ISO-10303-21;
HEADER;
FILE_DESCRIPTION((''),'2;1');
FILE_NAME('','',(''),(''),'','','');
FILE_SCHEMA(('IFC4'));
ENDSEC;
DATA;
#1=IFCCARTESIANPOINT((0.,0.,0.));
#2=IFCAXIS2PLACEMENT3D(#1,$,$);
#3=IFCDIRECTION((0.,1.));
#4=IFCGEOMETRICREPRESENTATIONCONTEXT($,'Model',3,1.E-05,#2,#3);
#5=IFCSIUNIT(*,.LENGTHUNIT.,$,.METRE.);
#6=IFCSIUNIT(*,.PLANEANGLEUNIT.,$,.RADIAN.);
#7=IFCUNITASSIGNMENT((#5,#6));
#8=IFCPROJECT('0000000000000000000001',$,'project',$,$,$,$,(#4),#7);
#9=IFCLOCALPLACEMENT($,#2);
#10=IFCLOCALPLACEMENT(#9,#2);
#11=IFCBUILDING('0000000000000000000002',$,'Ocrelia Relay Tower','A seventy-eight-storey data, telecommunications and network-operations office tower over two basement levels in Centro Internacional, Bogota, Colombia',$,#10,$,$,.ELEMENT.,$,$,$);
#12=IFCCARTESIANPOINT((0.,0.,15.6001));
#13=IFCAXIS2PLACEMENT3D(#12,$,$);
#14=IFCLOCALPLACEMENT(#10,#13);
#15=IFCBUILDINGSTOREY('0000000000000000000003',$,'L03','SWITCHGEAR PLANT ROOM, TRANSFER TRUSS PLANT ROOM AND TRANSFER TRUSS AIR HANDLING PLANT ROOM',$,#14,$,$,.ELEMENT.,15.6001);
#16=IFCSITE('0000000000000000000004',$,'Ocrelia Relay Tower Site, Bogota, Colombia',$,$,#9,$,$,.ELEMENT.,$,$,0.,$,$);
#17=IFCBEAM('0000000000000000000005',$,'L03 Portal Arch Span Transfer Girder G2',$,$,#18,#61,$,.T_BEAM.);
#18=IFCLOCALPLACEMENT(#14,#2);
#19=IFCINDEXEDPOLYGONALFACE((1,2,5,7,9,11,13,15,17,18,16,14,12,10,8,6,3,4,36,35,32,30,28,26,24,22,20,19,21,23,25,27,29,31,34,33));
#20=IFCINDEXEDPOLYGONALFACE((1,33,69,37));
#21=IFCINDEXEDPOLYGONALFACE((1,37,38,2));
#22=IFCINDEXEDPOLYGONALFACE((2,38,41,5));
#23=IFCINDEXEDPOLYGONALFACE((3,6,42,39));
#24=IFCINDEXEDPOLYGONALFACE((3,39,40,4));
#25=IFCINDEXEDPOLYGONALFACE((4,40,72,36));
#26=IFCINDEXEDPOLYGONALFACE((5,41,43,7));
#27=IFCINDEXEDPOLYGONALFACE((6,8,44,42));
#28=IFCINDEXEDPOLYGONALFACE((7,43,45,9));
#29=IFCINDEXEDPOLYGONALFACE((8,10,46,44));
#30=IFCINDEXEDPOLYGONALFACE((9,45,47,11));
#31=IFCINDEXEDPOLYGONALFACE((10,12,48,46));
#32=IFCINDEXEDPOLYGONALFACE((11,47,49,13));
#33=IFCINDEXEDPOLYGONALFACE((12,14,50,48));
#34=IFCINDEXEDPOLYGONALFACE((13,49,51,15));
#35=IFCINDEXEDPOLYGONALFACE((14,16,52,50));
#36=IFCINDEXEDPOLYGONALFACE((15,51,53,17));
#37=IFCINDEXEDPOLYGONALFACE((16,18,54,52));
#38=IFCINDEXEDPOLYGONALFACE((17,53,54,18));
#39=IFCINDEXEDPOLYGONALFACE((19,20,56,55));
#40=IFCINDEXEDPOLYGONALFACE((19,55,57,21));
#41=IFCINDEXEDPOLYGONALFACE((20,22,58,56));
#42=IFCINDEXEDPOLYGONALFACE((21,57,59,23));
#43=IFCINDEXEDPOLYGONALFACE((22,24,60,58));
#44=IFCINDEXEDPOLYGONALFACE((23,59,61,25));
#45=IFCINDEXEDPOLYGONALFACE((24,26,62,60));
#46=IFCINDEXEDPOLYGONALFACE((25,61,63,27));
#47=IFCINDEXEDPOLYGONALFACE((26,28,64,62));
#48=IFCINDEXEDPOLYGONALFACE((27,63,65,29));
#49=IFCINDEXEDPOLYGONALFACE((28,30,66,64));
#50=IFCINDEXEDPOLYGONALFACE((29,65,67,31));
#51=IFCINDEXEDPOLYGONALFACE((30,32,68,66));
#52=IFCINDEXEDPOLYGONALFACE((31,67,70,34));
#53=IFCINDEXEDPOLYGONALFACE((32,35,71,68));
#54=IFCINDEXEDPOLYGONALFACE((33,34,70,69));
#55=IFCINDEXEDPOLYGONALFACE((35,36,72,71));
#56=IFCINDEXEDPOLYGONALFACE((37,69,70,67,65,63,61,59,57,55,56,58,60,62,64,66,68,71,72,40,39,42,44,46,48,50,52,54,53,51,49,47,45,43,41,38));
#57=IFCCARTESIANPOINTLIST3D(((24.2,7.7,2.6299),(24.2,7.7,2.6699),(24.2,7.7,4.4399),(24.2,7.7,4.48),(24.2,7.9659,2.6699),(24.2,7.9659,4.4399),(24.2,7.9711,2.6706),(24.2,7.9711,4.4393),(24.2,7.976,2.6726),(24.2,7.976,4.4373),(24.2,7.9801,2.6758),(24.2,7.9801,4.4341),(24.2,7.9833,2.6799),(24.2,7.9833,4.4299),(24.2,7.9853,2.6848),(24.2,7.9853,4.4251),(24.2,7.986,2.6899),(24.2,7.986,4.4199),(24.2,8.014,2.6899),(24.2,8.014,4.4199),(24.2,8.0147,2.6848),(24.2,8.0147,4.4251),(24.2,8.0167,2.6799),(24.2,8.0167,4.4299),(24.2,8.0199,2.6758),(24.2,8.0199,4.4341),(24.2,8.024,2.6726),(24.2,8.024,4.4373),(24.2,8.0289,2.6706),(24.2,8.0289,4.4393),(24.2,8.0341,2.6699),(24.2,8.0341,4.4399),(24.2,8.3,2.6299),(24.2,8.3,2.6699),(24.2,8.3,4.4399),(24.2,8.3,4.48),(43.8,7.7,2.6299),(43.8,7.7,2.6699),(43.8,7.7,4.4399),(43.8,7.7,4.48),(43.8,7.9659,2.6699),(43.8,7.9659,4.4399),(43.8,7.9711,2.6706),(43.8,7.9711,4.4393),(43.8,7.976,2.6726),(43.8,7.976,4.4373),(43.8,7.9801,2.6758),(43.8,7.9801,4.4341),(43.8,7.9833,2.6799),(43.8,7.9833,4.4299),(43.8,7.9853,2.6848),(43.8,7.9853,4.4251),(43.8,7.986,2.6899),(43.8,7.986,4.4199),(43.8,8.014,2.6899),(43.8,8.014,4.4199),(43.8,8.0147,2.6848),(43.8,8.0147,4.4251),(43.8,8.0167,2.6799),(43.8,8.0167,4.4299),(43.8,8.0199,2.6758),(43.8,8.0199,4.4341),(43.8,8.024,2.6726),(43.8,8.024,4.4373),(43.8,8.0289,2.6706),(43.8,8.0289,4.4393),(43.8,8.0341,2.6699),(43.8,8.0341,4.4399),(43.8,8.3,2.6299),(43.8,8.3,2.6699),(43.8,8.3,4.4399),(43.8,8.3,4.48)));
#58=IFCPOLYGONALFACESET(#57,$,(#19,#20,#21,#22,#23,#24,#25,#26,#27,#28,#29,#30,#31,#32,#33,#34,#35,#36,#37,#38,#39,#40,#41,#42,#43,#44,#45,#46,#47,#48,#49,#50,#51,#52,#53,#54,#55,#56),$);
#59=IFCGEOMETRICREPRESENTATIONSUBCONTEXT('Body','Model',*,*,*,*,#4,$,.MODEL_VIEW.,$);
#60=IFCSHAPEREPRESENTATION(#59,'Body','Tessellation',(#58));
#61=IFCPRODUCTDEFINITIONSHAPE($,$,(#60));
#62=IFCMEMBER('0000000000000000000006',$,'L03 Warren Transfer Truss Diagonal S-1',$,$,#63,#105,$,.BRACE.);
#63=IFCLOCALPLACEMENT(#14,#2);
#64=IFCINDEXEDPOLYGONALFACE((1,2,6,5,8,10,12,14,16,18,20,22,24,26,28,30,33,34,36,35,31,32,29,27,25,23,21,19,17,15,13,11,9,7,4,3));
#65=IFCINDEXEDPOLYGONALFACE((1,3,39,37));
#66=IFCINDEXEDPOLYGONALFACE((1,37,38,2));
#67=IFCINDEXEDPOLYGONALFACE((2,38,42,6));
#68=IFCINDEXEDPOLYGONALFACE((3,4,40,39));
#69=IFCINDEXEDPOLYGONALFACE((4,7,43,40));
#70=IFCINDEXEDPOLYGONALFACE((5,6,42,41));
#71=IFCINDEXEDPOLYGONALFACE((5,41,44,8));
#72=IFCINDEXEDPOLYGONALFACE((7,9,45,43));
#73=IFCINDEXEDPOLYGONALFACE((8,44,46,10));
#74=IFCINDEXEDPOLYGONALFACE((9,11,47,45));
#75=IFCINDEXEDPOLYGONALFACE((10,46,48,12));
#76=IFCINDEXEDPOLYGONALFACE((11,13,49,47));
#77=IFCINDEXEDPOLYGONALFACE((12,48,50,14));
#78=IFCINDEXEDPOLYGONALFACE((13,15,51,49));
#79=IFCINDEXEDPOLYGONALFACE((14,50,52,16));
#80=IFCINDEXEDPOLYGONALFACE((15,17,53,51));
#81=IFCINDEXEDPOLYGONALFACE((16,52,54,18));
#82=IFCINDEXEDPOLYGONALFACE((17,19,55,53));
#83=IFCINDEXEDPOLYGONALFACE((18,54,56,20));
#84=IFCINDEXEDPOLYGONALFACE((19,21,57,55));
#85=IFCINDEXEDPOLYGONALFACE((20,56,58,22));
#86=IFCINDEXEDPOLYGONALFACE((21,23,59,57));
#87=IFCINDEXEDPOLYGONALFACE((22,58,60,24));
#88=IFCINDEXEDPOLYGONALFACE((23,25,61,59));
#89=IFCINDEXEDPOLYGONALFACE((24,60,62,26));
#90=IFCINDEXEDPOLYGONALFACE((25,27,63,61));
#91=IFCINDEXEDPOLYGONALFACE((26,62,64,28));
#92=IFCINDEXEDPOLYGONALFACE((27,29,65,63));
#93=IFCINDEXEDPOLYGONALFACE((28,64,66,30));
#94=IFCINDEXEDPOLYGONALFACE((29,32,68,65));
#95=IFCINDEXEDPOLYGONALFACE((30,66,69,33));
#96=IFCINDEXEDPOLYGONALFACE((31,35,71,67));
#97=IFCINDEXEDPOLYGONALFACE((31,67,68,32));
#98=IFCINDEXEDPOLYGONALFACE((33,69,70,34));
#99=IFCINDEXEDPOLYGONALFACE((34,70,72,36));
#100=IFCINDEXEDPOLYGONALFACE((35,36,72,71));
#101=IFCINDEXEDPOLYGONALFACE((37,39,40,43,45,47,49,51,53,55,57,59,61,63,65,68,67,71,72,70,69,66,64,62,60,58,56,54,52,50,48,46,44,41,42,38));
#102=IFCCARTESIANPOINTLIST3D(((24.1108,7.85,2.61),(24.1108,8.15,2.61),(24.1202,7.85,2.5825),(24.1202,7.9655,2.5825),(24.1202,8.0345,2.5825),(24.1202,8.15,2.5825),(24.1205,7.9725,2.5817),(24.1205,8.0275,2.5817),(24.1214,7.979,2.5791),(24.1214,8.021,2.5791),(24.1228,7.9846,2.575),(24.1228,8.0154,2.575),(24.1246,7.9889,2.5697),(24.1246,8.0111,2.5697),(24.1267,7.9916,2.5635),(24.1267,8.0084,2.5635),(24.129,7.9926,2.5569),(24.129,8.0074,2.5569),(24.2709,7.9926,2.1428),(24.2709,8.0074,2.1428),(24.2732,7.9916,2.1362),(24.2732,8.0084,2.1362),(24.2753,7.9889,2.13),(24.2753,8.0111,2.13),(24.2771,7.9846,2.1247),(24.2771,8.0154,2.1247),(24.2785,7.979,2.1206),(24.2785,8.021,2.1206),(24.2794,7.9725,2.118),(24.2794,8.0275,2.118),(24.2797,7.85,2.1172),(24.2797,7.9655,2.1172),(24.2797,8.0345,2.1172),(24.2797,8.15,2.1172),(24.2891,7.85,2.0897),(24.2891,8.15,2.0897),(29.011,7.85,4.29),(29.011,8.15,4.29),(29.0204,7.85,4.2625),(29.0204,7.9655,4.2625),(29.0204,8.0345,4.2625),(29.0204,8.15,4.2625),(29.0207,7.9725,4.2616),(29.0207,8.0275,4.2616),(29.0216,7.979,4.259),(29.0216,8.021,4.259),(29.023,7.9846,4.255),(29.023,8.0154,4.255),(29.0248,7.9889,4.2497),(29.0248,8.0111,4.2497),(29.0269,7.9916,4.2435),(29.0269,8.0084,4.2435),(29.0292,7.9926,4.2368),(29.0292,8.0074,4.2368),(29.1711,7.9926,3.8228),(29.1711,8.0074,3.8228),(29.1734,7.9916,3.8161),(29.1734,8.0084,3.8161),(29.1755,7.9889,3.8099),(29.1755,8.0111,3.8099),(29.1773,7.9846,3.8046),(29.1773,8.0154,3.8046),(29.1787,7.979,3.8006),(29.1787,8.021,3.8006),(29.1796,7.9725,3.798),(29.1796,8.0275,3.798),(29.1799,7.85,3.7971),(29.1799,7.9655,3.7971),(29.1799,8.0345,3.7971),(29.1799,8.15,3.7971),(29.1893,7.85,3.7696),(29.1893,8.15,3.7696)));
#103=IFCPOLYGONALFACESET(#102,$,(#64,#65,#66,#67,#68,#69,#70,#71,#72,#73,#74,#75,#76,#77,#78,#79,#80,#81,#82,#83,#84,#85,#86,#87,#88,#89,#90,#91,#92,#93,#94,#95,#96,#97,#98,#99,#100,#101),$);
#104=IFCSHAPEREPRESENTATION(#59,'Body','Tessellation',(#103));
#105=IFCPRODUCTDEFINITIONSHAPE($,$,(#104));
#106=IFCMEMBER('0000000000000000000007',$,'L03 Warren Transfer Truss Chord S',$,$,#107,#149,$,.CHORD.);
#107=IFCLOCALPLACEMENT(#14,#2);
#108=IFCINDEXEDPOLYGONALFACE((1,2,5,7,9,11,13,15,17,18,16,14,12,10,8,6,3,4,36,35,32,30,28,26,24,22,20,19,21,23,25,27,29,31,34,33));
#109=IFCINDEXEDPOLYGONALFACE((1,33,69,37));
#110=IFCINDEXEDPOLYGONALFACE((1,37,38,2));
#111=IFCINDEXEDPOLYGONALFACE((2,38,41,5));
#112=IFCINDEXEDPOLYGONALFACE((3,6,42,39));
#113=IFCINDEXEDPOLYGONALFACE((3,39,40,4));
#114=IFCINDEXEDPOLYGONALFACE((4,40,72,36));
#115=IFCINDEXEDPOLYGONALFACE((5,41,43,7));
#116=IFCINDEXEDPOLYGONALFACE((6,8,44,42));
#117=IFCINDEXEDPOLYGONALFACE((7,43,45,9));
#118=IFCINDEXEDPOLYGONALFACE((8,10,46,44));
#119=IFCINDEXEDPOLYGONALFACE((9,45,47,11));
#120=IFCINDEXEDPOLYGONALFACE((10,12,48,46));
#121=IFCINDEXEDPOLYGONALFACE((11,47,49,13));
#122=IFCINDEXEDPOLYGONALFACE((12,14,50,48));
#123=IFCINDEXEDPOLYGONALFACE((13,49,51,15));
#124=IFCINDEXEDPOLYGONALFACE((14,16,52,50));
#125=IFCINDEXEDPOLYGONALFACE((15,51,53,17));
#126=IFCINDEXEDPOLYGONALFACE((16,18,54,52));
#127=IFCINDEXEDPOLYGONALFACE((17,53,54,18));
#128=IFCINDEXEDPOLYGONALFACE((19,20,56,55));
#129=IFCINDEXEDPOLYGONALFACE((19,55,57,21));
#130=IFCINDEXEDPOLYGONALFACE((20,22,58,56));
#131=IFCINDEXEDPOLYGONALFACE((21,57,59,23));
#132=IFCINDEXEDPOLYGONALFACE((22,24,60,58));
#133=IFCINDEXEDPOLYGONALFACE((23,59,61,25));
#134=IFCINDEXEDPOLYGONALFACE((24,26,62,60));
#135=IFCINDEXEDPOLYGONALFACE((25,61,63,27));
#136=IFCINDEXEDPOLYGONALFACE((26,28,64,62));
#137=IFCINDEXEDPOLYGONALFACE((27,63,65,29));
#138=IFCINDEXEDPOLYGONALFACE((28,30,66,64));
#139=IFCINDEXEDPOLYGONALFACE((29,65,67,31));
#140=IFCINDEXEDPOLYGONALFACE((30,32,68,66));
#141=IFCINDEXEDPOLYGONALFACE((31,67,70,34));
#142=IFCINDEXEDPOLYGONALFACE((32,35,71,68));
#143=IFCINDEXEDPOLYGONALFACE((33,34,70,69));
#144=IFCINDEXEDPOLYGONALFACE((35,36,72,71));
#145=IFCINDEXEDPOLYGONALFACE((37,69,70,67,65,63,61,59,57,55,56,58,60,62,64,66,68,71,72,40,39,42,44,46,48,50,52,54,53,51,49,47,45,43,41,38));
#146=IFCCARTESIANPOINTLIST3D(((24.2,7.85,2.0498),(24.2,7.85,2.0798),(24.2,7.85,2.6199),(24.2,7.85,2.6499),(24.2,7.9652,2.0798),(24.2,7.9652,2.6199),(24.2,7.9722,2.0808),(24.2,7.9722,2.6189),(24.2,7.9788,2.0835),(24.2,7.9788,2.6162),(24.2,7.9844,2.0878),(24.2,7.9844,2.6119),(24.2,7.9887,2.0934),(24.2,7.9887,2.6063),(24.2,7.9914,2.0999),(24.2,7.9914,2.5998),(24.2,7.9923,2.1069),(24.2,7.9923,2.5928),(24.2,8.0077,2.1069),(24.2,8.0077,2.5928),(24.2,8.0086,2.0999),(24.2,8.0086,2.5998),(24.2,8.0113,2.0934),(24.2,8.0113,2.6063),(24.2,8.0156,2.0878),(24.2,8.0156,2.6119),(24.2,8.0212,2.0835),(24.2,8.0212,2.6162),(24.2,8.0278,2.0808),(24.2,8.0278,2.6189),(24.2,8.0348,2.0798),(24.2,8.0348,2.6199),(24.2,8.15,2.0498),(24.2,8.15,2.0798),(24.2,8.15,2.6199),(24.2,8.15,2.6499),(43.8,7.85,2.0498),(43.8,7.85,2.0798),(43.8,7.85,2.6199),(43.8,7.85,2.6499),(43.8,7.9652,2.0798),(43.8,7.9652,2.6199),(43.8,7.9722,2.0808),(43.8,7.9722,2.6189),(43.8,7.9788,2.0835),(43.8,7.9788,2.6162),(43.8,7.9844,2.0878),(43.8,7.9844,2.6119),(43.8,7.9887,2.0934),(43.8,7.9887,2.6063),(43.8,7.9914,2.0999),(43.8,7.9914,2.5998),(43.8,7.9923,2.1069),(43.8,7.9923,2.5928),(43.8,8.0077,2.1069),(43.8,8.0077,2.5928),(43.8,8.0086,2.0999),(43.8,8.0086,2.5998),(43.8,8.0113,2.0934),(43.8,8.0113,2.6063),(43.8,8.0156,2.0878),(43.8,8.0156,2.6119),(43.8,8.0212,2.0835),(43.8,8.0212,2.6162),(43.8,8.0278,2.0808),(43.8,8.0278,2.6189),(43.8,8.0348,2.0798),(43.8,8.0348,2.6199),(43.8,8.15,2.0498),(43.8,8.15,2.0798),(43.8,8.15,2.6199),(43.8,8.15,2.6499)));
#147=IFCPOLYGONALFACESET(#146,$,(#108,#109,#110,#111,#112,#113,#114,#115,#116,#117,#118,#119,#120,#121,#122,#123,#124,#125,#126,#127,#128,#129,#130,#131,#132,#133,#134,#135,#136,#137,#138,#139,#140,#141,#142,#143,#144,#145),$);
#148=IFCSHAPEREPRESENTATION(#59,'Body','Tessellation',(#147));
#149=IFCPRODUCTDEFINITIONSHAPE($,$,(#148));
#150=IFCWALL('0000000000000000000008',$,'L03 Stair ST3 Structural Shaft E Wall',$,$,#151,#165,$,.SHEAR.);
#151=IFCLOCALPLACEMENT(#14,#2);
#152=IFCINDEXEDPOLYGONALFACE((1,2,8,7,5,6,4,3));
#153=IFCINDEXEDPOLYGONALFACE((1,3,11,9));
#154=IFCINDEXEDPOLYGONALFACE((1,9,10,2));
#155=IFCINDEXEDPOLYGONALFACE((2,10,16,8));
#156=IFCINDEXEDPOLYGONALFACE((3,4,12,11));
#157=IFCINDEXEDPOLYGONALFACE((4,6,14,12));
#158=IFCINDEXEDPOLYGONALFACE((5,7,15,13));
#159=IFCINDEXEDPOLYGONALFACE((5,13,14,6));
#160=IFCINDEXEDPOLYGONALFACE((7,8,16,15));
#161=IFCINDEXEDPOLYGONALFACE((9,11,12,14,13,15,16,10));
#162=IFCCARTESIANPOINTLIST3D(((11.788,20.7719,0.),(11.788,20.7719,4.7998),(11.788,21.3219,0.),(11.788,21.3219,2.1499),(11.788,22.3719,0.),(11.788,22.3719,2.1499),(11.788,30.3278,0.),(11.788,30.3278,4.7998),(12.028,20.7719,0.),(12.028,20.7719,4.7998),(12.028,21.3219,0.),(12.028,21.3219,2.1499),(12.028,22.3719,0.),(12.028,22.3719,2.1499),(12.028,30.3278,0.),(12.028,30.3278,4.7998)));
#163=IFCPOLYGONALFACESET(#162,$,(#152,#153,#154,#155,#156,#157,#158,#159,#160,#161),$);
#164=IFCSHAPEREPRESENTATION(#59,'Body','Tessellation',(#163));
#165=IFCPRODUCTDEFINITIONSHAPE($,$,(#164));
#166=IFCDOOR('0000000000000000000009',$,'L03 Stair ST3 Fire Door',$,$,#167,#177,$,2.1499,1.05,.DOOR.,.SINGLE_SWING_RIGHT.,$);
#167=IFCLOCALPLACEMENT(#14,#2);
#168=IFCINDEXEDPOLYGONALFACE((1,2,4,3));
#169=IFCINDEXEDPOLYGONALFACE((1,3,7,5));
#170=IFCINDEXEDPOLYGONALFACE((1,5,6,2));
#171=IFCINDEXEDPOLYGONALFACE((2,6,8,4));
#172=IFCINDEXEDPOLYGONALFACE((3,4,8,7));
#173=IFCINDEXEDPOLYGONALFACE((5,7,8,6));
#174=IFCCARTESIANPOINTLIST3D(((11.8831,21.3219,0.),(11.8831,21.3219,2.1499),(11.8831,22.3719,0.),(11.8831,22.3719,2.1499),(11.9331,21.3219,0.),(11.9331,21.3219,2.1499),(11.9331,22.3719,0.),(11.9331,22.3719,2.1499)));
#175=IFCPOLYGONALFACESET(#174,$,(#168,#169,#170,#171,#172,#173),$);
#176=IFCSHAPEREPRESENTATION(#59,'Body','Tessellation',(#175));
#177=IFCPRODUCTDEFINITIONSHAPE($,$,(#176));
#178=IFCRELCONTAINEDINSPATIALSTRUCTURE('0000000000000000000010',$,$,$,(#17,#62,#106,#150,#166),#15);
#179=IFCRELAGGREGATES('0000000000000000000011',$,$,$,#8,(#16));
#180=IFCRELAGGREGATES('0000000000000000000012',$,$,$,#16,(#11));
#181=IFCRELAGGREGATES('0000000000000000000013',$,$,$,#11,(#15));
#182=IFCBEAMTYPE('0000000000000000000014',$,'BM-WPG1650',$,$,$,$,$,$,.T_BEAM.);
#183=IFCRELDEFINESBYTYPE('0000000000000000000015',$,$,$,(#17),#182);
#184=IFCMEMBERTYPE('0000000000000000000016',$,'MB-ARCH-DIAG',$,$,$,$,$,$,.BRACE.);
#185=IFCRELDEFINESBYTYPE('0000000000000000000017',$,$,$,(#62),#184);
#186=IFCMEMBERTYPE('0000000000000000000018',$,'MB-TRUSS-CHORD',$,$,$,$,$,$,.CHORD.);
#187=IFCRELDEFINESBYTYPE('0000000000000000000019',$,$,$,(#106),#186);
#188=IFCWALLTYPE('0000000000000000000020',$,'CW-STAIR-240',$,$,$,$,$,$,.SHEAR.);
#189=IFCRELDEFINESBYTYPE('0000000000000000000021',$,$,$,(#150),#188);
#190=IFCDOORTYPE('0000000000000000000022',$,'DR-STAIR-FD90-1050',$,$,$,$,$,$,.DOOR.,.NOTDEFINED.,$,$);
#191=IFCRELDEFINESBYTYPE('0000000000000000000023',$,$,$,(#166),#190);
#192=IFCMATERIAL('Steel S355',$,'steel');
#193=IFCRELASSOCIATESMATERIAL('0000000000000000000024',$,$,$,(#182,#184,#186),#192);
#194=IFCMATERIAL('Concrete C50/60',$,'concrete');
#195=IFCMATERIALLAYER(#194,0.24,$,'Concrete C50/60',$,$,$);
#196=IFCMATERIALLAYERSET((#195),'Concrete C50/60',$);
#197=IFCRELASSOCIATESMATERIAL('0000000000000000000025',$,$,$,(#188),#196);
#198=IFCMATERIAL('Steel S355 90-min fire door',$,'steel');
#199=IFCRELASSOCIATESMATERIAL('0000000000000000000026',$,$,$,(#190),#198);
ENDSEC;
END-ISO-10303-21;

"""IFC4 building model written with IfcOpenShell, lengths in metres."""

from ifc_helpers import new_model, si_unit, direction, frame, frame_2d, origin, origin_2d, place, context, subcontext, project, spatial, rectangle, i_section, extrude, material, layer, layer_set, material_profile, profile_set, type_object, element, fill, save


model = new_model("IFC4")

# Units and contexts
model_context = context("Model", 3, precision=1e-05, world=origin(), true_north=direction((0.0, 1.0)))
body_context = subcontext(model_context, "Body", "Model", "MODEL_VIEW")
ifc_project = project(units=[si_unit("LENGTHUNIT", "METRE"), si_unit("PLANEANGLEUNIT", "RADIAN")], contexts=[model_context])

# Site, building, storey
site_placement = place(None, origin())
site = spatial("IfcSite", under=ifc_project, at=site_placement, Name="Ocrelia Relay Tower Site, Bogota, Colombia", CompositionType="ELEMENT", RefElevation=0.0)
building_placement = place(site_placement, origin())
building = spatial("IfcBuilding", under=site, at=building_placement, Name="Ocrelia Relay Tower", Description="A seventy-eight-storey data, telecommunications and network-operations office tower over two basement levels in Centro Internacional, Bogota, Colombia", CompositionType="ELEMENT")
storey_placement = place(building_placement, frame((0.0, 0.0, 15.6001)))
storey = spatial("IfcBuildingStorey", under=building, at=storey_placement, Name="L03", Description="SWITCHGEAR PLANT ROOM, TRANSFER TRUSS PLANT ROOM AND TRANSFER TRUSS AIR HANDLING PLANT ROOM", CompositionType="ELEMENT", Elevation=15.6001)

# Beam
ifc_material_1 = material(Name="Steel S355", Category="steel")
ifc_material_profile_1 = material_profile(ifc_material_1, i_section(OverallWidth=0.6001, OverallDepth=1.8501, WebThickness=0.0281, FlangeThickness=0.04, FilletRadius=0.02, at=origin_2d()), Name="WPG 1850x600")
ifc_profile_set_1 = profile_set([ifc_material_profile_1], Name="Steel S355")
beam_type_1 = type_object("IfcBeamType", Name="BM-WPG1650", PredefinedType="T_BEAM", material=ifc_profile_set_1)
for number, where, z_axis, x_axis, name in (
    (1, (24.2, 8.0, 3.5549), (1.0, 0.0, 0.0), (0.0, 1.0, 0.0), "L03 Portal Arch Span Transfer Girder G2"),
):
    element("IfcBeam", number, at=place(storey_placement, frame(where, z_axis=z_axis, x_axis=x_axis)), inside=storey, type_object=beam_type_1, Name=name, PredefinedType="T_BEAM", context=body_context, shape_type="SweptSolid", body=[
        extrude(i_section(OverallWidth=0.6001, OverallDepth=1.8501, WebThickness=0.0281, FlangeThickness=0.04, FilletRadius=0.02, at=origin_2d()), origin(), (0.0, 0.0, 1.0), 19.6001),
    ])

# Members
ifc_material_profile_2 = material_profile(ifc_material_1, i_section(OverallWidth=0.3, OverallDepth=0.55, WebThickness=0.0149, FlangeThickness=0.0291, FilletRadius=0.0271, at=origin_2d()), Name="HEB 550")
ifc_profile_set_2 = profile_set([ifc_material_profile_2], Name="Steel S355")
member_type_1 = type_object("IfcMemberType", Name="MB-ARCH-DIAG", PredefinedType="BRACE", material=ifc_profile_set_2)
member_1_placement = place(storey_placement, frame((24.2, 8.0, 2.3499), z_axis=(0.945953, 0.0, 0.324304), x_axis=(0.0, 1.0, 0.0)))
element("IfcMember", 2, at=member_1_placement, inside=storey, type_object=member_type_1, Name="L03 Warren Transfer Truss Diagonal S-1", PredefinedType="BRACE", context=body_context, shape_type="SweptSolid", body=[
    extrude(i_section(OverallWidth=0.3, OverallDepth=0.55, WebThickness=0.0149, FlangeThickness=0.0291, FilletRadius=0.0271, at=origin_2d()), origin(), (0.0, 0.0, 1.0), 5.1802),
])
ifc_material_profile_3 = material_profile(ifc_material_1, i_section(OverallWidth=0.3, OverallDepth=0.6001, WebThickness=0.0154, FlangeThickness=0.03, FilletRadius=0.0271, at=origin_2d()), Name="HEB 600")
ifc_profile_set_3 = profile_set([ifc_material_profile_3], Name="Steel S355")
member_type_2 = type_object("IfcMemberType", Name="MB-TRUSS-CHORD", PredefinedType="CHORD", material=ifc_profile_set_3)
member_2_placement = place(storey_placement, frame((24.2, 8.0, 2.3499), z_axis=(1.0, 0.0, 0.0), x_axis=(0.0, 1.0, 0.0)))
element("IfcMember", 3, at=member_2_placement, inside=storey, type_object=member_type_2, Name="L03 Warren Transfer Truss Chord S", PredefinedType="CHORD", context=body_context, shape_type="SweptSolid", body=[
    extrude(i_section(OverallWidth=0.3, OverallDepth=0.6001, WebThickness=0.0154, FlangeThickness=0.03, FilletRadius=0.0271, at=origin_2d()), origin(), (0.0, 0.0, 1.0), 19.6001),
])

# Wall, opening, door
ifc_material_2 = material(Name="Concrete C50/60", Category="concrete")
ifc_layer_1 = layer(ifc_material_2, 0.24, Name="Concrete C50/60")
ifc_layer_set_1 = layer_set([ifc_layer_1], Name="Concrete C50/60")
wall_type_1 = type_object("IfcWallType", Name="CW-STAIR-240", PredefinedType="SHEAR", material=ifc_layer_set_1)
wall_1_placement = place(storey_placement, frame((11.908, 20.772, 0.0), z_axis=(0.0, 0.0, 1.0), x_axis=(0.0, 1.0, 0.0)))
wall_1 = element("IfcWall", 4, at=wall_1_placement, inside=storey, type_object=wall_type_1, Name="L03 Stair ST3 Structural Shaft E Wall", PredefinedType="SHEAR", context=body_context, shape_type="SweptSolid", body=[
    extrude(rectangle(XDim=9.5559, YDim=0.24, at=frame_2d((4.7778, 0.0))), origin(), (0.0, 0.0, 1.0), 4.7998),
])
opening_1_placement = place(wall_1_placement, frame((0.55, 0.0, 0.0)))
opening_1 = element("IfcOpeningElement", 5, at=opening_1_placement, cuts=wall_1, PredefinedType="OPENING", context=body_context, shape_type="SweptSolid", body=[
    extrude(rectangle(XDim=1.05, YDim=2.1499, at=frame_2d((0.5249, 1.075))), frame((0.0, 0.1299, 0.0), z_axis=(0.0, -1.0, 0.0), x_axis=(1.0, 0.0, 0.0)), (0.0, 0.0, 1.0), 0.26),
])
ifc_material_3 = material(Name="Steel S355 90-min fire door", Category="steel")
door_type = type_object("IfcDoorType", Name="DR-STAIR-FD90-1050", OperationType="NOTDEFINED", PredefinedType="DOOR", material=ifc_material_3)
door_1_placement = place(opening_1_placement, origin())
door_1 = element("IfcDoor", 6, at=door_1_placement, inside=storey, type_object=door_type, Name="L03 Stair ST3 Fire Door", OperationType="SINGLE_SWING_RIGHT", OverallHeight=2.1499, OverallWidth=1.05, PredefinedType="DOOR", context=body_context, shape_type="SweptSolid", body=[
    extrude(rectangle(XDim=1.05, YDim=2.1499, at=frame_2d((0.5249, 1.075))), frame((0.0, 0.0249, 0.0), z_axis=(0.0, -1.0, 0.0), x_axis=(1.0, 0.0, 0.0)), (0.0, 0.0, 1.0), 0.05),
])
fill(opening_1, door_1)

save(model, "model.ifc")
